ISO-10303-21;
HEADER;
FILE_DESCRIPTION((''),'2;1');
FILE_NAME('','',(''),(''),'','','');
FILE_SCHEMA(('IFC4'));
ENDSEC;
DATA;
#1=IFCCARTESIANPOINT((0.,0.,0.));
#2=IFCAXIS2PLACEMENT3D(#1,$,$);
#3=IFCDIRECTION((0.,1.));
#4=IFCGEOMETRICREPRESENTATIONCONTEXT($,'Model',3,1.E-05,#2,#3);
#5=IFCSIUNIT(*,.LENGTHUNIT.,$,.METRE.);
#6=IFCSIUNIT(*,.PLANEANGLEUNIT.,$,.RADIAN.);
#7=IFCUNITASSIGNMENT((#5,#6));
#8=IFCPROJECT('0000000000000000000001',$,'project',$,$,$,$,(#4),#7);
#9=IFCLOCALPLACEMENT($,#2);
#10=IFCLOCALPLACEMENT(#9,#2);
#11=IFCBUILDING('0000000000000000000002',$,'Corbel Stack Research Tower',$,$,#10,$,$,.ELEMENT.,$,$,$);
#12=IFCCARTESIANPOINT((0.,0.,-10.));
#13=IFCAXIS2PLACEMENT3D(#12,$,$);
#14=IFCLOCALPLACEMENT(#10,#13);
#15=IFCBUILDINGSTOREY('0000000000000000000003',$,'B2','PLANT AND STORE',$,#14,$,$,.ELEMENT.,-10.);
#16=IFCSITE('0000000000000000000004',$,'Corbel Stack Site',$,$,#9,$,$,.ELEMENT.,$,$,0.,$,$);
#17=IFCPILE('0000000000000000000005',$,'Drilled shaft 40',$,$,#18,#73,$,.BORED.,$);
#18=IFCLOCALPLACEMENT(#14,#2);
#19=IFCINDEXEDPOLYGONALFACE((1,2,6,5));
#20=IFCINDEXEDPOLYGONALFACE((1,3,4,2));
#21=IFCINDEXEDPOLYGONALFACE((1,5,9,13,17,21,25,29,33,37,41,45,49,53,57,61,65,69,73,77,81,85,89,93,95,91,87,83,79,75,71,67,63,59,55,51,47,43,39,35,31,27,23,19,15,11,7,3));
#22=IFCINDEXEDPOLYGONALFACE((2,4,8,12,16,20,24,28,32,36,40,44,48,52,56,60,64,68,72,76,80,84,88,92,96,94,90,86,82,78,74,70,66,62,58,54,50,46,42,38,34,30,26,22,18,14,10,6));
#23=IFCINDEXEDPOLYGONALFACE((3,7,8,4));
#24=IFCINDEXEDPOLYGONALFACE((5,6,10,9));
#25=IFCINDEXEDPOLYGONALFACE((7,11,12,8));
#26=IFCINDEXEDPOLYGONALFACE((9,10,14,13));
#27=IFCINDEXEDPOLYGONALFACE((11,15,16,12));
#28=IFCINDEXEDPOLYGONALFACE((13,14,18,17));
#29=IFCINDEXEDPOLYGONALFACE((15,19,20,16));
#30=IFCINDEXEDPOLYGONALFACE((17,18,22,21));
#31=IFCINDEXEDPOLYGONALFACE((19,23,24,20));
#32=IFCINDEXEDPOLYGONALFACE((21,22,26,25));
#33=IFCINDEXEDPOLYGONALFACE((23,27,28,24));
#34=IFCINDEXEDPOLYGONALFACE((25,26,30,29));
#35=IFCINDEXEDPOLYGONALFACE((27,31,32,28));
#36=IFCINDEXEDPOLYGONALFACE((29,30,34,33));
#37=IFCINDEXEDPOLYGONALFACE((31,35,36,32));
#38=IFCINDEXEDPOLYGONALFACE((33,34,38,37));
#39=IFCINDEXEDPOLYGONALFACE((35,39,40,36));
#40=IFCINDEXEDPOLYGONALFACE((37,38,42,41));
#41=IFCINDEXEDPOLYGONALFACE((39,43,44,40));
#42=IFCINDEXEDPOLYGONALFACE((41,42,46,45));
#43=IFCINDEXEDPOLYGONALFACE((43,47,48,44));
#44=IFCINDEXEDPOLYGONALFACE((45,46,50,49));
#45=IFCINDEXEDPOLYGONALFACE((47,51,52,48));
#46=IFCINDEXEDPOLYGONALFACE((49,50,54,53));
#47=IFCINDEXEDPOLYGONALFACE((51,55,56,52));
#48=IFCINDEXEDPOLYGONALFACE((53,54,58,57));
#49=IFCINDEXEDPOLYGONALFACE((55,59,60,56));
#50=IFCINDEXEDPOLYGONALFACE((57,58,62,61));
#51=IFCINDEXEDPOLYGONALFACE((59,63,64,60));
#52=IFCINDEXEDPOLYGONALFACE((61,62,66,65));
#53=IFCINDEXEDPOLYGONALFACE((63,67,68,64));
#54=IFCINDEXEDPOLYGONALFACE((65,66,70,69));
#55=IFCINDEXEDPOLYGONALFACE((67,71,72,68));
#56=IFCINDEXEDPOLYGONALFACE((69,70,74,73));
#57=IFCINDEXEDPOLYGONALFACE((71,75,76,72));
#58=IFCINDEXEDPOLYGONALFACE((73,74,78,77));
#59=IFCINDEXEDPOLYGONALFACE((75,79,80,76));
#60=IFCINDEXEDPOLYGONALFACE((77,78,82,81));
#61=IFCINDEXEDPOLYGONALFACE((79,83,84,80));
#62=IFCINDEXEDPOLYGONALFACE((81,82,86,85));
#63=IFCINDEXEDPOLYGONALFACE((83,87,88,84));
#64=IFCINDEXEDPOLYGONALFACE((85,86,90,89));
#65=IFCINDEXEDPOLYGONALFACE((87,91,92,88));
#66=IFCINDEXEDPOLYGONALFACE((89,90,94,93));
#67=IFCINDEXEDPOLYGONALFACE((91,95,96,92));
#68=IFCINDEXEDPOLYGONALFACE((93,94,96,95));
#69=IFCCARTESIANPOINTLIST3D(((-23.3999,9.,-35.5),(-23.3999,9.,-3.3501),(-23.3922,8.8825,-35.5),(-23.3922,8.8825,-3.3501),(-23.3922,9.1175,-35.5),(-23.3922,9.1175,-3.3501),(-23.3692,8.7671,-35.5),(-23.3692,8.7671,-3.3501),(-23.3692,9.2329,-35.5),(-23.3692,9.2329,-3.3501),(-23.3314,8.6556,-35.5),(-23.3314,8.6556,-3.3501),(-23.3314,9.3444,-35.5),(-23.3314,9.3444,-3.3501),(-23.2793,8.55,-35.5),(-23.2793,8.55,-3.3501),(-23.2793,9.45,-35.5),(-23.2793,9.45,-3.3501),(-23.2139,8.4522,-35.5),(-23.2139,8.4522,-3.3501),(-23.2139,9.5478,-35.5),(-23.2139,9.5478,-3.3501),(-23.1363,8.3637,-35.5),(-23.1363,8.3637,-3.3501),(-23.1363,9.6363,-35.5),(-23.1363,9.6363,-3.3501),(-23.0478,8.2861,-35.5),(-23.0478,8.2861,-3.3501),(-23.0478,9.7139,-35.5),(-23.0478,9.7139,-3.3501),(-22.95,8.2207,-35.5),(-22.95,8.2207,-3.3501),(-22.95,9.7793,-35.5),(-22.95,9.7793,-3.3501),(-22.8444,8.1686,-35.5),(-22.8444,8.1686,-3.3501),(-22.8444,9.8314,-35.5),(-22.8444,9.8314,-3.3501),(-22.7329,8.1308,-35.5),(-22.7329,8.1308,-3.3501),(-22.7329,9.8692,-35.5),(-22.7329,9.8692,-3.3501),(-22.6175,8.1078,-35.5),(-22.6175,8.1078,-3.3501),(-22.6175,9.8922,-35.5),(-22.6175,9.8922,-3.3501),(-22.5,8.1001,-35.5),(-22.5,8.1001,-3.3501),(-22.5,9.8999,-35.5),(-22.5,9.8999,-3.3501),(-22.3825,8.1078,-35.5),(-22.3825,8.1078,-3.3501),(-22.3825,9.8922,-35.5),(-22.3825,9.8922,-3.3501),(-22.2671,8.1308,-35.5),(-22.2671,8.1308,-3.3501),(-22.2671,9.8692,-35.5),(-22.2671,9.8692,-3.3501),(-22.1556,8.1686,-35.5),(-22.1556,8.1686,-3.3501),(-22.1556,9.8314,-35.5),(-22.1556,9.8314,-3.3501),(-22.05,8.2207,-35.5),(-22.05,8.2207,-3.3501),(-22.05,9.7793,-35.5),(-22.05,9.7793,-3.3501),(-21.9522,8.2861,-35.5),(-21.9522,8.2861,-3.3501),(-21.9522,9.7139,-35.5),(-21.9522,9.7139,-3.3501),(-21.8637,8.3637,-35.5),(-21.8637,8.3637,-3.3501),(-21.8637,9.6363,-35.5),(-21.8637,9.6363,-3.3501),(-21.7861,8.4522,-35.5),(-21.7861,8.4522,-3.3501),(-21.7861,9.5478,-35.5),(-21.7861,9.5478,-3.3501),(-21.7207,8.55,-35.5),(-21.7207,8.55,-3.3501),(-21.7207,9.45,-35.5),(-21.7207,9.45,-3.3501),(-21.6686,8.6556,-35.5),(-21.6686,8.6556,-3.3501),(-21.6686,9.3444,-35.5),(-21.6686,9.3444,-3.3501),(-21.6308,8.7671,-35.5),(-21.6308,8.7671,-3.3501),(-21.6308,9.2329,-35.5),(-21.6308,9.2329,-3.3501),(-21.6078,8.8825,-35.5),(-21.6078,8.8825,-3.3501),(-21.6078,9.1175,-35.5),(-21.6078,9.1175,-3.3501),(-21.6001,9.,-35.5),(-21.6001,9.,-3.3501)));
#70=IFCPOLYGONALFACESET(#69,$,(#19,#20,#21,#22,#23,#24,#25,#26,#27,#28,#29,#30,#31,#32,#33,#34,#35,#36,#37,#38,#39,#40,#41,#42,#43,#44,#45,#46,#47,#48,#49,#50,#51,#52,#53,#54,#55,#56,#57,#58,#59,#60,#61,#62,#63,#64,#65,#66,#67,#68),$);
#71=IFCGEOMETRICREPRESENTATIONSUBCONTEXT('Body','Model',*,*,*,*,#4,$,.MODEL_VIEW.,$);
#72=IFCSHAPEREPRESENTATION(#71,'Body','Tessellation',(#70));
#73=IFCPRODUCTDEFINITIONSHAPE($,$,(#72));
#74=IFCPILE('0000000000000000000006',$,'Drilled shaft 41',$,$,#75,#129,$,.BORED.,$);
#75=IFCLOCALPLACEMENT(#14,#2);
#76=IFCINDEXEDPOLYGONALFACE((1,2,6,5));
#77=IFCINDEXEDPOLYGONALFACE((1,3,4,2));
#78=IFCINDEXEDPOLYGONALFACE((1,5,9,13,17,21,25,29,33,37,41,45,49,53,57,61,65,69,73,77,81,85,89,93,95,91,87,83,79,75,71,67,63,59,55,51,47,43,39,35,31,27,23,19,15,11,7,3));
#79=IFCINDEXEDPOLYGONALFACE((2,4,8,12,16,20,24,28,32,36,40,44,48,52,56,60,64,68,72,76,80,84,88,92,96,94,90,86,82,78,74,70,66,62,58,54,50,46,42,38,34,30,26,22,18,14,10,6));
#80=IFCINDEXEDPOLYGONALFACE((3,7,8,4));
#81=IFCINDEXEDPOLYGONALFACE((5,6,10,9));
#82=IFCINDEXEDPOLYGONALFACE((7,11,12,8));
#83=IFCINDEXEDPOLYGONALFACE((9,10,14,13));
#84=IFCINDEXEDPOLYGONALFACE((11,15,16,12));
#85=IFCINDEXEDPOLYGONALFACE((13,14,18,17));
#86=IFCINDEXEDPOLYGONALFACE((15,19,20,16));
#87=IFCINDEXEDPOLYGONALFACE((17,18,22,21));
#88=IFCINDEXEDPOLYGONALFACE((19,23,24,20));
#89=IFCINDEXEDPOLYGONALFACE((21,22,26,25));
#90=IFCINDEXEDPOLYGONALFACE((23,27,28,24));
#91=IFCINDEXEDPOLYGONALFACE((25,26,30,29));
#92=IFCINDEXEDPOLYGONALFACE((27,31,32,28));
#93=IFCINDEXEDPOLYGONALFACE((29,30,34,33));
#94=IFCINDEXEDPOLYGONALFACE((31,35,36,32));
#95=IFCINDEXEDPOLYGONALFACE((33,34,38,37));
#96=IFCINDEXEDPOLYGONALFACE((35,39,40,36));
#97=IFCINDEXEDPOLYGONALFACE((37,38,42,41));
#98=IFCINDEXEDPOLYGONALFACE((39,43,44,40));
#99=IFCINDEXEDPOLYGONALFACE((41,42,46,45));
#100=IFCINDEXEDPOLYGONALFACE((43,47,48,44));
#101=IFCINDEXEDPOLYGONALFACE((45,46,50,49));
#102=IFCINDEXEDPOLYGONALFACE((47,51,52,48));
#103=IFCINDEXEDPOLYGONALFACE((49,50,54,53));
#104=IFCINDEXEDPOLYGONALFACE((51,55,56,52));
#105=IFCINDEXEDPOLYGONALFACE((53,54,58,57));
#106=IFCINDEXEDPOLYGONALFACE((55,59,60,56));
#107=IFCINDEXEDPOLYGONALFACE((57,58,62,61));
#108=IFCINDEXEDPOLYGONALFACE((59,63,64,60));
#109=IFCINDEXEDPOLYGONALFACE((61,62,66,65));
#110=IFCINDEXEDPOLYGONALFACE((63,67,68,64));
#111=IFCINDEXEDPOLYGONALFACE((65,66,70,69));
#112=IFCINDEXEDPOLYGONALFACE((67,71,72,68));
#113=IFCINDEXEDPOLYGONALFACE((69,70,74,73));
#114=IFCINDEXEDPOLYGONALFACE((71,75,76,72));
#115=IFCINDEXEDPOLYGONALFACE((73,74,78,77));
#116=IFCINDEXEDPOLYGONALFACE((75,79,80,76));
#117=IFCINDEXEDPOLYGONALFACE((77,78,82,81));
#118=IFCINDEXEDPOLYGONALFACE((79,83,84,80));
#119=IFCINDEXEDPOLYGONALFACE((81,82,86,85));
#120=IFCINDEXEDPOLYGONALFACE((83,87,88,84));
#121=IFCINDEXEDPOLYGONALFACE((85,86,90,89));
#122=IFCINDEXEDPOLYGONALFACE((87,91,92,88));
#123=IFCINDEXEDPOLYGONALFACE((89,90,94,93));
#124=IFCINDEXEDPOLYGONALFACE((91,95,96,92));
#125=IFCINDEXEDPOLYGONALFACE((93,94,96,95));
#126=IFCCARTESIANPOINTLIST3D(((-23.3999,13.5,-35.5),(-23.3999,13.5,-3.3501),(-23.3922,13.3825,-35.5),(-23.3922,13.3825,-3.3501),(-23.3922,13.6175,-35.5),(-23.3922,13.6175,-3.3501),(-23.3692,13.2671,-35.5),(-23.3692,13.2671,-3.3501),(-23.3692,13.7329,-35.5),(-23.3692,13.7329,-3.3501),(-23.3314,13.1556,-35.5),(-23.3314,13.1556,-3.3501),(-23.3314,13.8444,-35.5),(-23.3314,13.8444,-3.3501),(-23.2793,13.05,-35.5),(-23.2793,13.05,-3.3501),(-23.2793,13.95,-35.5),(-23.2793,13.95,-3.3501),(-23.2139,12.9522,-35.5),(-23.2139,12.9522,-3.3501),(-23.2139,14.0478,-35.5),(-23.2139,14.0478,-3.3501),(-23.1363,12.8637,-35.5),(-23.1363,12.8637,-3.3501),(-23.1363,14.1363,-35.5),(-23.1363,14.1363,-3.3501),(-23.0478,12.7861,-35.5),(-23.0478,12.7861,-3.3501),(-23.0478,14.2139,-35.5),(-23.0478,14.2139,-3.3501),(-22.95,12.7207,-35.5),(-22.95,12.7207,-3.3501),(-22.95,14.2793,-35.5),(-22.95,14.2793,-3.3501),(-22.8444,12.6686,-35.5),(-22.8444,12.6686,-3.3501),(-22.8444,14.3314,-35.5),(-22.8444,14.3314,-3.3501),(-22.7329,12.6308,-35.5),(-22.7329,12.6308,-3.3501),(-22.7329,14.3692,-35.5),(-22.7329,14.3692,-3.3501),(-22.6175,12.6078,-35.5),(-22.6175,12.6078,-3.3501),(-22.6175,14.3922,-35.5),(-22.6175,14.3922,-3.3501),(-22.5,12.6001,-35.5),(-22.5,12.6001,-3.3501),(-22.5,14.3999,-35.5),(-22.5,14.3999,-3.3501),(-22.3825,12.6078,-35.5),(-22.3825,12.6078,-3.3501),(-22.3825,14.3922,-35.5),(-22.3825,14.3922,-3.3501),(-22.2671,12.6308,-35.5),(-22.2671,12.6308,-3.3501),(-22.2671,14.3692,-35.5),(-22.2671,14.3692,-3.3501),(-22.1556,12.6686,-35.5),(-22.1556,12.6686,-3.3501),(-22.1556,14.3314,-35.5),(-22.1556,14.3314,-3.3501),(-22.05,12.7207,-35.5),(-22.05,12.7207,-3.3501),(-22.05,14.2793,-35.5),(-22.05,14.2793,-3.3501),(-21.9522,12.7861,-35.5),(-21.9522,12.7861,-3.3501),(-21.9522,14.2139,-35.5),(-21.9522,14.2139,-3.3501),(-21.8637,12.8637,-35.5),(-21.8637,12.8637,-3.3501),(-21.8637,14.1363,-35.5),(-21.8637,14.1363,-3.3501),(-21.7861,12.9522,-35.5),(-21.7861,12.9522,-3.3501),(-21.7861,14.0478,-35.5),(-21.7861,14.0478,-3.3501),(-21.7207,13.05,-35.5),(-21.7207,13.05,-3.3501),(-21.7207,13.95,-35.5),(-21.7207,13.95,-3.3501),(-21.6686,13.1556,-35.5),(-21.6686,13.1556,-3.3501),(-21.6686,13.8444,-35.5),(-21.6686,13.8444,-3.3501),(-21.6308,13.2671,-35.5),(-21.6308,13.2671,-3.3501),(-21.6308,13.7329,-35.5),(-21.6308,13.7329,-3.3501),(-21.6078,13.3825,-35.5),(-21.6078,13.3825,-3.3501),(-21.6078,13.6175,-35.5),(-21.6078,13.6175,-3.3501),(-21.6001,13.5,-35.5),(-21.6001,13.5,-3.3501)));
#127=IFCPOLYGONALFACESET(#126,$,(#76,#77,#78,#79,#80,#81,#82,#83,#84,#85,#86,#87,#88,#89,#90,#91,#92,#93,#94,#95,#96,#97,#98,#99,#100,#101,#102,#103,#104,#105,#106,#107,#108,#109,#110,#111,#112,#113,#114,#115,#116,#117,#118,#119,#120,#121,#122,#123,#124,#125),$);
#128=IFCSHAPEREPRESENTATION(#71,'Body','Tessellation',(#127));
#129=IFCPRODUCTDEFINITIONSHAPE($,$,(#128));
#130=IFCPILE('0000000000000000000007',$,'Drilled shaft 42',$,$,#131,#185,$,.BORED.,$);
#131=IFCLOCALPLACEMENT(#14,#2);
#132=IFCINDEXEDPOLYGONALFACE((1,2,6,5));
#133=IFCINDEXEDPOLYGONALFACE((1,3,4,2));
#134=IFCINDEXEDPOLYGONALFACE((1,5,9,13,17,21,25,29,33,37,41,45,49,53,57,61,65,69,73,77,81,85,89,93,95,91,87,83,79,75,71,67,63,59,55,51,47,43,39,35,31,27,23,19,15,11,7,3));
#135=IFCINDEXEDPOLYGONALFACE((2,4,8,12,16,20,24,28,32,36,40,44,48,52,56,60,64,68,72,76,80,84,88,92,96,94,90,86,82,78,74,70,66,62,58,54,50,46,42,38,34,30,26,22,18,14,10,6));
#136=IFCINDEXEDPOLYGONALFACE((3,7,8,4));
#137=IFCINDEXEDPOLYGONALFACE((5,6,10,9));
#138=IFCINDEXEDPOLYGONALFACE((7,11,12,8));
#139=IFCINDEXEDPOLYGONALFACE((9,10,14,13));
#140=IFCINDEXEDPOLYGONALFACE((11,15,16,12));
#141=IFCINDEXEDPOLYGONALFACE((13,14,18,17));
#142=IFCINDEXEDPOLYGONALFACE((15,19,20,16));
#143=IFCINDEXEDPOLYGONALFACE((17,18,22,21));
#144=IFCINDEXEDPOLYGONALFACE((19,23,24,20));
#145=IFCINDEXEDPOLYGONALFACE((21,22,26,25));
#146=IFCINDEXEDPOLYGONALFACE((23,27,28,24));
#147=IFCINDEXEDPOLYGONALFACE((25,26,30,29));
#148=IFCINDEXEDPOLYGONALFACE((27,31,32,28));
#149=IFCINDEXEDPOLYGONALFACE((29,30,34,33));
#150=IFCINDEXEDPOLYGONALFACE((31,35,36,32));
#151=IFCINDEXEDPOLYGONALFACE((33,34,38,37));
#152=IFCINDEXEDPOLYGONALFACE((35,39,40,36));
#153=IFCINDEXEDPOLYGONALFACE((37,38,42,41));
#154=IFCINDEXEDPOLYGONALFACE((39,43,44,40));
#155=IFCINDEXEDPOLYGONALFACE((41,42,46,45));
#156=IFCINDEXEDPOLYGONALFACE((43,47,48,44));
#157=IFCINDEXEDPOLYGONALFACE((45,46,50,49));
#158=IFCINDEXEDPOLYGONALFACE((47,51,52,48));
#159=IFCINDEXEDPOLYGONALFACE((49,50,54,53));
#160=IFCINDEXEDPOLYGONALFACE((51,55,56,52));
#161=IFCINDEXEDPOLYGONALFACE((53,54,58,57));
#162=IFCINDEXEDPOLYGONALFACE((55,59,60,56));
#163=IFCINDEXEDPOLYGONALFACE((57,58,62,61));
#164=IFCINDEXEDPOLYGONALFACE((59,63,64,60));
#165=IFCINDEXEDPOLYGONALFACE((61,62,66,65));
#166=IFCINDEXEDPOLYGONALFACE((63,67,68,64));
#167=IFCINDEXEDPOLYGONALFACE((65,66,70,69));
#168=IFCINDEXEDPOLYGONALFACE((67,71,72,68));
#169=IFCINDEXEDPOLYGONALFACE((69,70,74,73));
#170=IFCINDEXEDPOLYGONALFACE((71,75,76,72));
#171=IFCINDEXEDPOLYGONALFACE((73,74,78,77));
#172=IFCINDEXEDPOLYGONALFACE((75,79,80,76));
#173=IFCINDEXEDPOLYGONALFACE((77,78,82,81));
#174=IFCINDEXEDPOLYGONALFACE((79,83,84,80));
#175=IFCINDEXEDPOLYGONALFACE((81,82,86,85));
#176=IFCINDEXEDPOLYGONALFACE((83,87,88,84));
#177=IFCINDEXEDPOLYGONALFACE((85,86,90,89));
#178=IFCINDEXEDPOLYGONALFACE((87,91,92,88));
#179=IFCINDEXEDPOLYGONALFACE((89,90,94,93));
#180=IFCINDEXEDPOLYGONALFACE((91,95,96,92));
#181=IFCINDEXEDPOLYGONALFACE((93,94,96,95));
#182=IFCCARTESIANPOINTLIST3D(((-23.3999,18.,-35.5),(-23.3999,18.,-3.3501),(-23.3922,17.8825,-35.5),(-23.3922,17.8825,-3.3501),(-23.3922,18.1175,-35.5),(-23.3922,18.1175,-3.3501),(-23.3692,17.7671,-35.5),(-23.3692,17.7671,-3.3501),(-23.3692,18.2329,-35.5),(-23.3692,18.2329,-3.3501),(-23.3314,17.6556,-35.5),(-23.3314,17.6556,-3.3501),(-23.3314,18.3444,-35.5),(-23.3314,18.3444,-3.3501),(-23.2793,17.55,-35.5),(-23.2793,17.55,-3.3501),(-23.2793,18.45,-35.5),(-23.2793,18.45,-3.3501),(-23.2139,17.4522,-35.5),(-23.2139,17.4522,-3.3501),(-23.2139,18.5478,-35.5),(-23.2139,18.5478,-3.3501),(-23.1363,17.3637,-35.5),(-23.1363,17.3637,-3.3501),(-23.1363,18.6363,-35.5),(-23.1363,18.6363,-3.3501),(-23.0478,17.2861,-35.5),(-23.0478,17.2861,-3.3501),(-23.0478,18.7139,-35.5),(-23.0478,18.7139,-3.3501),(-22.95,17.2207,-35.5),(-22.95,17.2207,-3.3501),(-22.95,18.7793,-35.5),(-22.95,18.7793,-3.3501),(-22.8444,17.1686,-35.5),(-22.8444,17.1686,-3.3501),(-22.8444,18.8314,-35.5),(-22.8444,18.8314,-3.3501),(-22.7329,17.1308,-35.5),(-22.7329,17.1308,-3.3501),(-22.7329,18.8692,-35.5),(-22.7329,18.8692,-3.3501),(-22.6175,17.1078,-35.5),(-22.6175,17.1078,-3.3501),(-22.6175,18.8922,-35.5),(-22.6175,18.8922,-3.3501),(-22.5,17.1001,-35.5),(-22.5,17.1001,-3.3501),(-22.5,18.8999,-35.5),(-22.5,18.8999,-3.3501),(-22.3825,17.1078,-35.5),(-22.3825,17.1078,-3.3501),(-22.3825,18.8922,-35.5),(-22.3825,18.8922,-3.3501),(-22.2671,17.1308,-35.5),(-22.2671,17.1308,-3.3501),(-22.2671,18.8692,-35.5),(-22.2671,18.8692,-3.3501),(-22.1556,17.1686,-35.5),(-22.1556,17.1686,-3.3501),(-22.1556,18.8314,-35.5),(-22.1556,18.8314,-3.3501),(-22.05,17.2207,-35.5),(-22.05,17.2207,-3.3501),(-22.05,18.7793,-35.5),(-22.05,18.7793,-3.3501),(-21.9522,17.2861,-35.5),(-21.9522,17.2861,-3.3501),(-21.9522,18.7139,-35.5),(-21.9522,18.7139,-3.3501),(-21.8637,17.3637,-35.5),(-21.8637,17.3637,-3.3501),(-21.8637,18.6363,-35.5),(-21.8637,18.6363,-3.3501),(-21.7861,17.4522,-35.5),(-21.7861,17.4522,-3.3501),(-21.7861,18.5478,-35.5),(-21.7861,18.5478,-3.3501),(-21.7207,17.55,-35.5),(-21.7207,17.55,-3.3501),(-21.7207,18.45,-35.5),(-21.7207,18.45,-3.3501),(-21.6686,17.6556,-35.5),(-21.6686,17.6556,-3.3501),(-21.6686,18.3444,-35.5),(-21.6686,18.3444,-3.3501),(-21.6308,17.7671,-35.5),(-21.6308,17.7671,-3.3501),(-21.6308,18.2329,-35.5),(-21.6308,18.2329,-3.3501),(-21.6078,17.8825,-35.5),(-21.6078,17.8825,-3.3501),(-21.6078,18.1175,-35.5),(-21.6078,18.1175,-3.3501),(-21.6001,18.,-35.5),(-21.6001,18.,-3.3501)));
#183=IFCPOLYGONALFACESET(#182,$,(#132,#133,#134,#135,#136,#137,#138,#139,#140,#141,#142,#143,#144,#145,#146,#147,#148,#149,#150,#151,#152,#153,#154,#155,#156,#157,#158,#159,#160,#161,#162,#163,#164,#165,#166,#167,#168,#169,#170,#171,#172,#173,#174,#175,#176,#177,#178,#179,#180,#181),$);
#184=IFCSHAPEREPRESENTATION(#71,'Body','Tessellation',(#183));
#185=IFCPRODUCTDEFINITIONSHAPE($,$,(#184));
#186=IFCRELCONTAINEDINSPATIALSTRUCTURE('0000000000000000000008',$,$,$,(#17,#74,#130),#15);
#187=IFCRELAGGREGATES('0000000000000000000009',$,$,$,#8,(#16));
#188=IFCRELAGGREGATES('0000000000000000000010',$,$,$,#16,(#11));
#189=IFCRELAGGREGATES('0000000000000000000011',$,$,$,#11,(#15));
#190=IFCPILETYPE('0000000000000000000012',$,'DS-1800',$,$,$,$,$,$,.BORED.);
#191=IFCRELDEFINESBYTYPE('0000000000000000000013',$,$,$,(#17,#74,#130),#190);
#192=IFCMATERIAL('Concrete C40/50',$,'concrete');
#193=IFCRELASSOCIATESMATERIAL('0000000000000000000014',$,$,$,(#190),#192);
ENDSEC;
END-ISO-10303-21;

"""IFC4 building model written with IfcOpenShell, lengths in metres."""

from ifc_helpers import new_model, si_unit, direction, frame, origin, origin_2d, place, context, subcontext, project, spatial, circle, extrude, material, material_profile, profile_set, type_object, element, save


model = new_model("IFC4")

# Units and contexts
model_context = context("Model", 3, precision=1e-05, world=origin(), true_north=direction((0.0, 1.0)))
body_context = subcontext(model_context, "Body", "Model", "MODEL_VIEW")
ifc_project = project(units=[si_unit("LENGTHUNIT", "METRE"), si_unit("PLANEANGLEUNIT", "RADIAN")], contexts=[model_context])

# Site, building, storey
site_placement = place(None, origin())
site = spatial("IfcSite", under=ifc_project, at=site_placement, Name="Corbel Stack Site", CompositionType="ELEMENT", RefElevation=0.0)
building_placement = place(site_placement, origin())
building = spatial("IfcBuilding", under=site, at=building_placement, Name="Corbel Stack Research Tower", CompositionType="ELEMENT")
storey_placement = place(building_placement, frame((0.0, 0.0, -10.0)))
storey = spatial("IfcBuildingStorey", under=building, at=storey_placement, Name="B2", Description="PLANT AND STORE", CompositionType="ELEMENT", Elevation=-10.0)

# Piles
ifc_material_1 = material(Name="Concrete C40/50", Category="concrete")
ifc_material_profile_1 = material_profile(ifc_material_1, circle(Radius=0.8999, at=origin_2d()), Name="Shaft 1800")
ifc_profile_set_1 = profile_set([ifc_material_profile_1], Name="Concrete C40/50")
pile_type = type_object("IfcPileType", Name="DS-1800", PredefinedType="BORED", material=ifc_profile_set_1)
for number, where, z_axis, x_axis, name in (
    (1, (-22.5, 9.0, -3.3501), (0.0, 0.0, -1.0), (1.0, 0.0, 0.0), "Drilled shaft 40"),
    (2, (-22.5, 13.5, -3.3501), (0.0, 0.0, -1.0), (1.0, 0.0, 0.0), "Drilled shaft 41"),
    (3, (-22.5, 18.0, -3.3501), (0.0, 0.0, -1.0), (1.0, 0.0, 0.0), "Drilled shaft 42"),
):
    element("IfcPile", number, at=place(storey_placement, frame(where, z_axis=z_axis, x_axis=x_axis)), inside=storey, type_object=pile_type, Name=name, PredefinedType="BORED", context=body_context, shape_type="SweptSolid", body=[
        extrude(circle(Radius=0.8999, at=origin_2d()), origin(), (0.0, 0.0, 1.0), 32.1499),
    ])

save(model, "model.ifc")
